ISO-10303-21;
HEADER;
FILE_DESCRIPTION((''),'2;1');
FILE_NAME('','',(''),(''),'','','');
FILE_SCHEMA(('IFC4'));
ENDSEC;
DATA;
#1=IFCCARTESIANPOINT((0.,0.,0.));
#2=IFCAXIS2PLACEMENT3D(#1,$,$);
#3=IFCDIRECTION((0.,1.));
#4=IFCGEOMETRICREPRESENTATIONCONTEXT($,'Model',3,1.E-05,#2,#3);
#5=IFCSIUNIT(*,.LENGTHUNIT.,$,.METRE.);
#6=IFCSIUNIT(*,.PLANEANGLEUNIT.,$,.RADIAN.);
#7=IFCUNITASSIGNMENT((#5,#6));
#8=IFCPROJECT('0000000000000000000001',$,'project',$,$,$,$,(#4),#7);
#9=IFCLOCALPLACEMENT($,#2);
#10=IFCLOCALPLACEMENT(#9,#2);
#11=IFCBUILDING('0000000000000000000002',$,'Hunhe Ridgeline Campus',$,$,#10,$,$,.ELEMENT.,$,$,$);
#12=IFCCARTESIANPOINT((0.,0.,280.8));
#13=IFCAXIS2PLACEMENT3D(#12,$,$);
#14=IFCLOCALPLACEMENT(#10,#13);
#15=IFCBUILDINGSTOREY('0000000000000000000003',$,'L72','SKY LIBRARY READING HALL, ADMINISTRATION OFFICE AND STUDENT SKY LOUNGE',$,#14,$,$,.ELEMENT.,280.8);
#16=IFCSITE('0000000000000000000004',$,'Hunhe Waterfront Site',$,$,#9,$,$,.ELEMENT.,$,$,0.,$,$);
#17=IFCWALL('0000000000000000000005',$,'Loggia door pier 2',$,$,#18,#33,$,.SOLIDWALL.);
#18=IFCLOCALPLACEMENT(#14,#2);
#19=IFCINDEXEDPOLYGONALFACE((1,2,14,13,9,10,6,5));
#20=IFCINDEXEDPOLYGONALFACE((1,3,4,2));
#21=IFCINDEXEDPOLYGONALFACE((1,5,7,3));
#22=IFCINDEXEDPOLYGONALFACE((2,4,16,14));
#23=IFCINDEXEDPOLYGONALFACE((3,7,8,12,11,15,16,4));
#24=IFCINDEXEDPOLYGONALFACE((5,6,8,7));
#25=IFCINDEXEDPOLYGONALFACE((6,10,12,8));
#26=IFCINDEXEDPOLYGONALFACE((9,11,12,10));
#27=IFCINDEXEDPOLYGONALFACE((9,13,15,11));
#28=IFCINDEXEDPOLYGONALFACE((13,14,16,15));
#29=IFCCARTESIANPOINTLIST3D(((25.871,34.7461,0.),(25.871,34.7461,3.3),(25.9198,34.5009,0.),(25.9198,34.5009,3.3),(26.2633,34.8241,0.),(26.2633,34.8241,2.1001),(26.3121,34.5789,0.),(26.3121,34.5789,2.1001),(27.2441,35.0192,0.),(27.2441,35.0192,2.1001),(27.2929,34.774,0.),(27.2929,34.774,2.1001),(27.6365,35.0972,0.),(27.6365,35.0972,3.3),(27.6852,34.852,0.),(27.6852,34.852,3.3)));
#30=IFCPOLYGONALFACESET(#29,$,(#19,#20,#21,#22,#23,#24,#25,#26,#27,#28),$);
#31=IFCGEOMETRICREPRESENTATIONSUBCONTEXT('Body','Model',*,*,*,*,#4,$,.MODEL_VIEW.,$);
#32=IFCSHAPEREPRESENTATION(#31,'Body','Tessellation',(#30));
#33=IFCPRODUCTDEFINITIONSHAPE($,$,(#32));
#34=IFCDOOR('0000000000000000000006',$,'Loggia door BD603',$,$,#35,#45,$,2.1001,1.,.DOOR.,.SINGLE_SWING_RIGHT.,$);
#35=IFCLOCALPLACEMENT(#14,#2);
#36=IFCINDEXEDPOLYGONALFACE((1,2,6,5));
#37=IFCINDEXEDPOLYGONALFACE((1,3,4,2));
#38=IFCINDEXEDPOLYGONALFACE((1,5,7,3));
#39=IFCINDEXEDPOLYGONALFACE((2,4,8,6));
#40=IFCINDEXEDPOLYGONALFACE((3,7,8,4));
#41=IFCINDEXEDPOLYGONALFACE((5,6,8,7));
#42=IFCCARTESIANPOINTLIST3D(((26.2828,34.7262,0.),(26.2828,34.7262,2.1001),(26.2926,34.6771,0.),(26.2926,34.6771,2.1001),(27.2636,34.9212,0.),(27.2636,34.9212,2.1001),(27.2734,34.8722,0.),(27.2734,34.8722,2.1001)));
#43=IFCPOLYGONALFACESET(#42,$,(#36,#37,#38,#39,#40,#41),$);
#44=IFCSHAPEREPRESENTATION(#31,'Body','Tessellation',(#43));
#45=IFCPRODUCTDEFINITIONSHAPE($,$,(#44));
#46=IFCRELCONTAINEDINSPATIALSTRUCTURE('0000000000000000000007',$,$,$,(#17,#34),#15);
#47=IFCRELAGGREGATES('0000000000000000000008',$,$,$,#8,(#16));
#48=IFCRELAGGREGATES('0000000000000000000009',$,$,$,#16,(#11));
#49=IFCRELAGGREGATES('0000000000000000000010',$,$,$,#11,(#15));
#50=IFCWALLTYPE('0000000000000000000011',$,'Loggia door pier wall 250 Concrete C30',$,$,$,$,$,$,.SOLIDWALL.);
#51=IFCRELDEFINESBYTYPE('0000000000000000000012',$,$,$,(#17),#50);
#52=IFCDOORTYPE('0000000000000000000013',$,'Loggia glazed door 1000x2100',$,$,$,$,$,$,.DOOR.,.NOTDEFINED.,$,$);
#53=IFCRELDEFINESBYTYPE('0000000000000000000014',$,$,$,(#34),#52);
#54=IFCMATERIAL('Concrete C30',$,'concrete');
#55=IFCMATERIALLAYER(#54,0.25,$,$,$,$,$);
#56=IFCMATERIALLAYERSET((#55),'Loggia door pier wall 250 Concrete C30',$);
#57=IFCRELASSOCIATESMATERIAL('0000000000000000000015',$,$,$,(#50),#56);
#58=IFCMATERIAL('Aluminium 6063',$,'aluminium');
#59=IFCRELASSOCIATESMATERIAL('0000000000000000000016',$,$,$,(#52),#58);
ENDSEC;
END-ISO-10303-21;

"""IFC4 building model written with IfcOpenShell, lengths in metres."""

from ifc_helpers import new_model, si_unit, direction, frame, frame_2d, origin, place, context, subcontext, project, spatial, rectangle, extrude, material, layer, layer_set, type_object, element, fill, save


model = new_model("IFC4")

# Units and contexts
model_context = context("Model", 3, precision=1e-05, world=origin(), true_north=direction((0.0, 1.0)))
body_context = subcontext(model_context, "Body", "Model", "MODEL_VIEW")
ifc_project = project(units=[si_unit("LENGTHUNIT", "METRE"), si_unit("PLANEANGLEUNIT", "RADIAN")], contexts=[model_context])

# Site, building, storey
site_placement = place(None, origin())
site = spatial("IfcSite", under=ifc_project, at=site_placement, Name="Hunhe Waterfront Site", CompositionType="ELEMENT", RefElevation=0.0)
building_placement = place(site_placement, origin())
building = spatial("IfcBuilding", under=site, at=building_placement, Name="Hunhe Ridgeline Campus", CompositionType="ELEMENT")
storey_placement = place(building_placement, frame((0.0, 0.0, 280.8)))
storey = spatial("IfcBuildingStorey", under=building, at=storey_placement, Name="L72", Description="SKY LIBRARY READING HALL, ADMINISTRATION OFFICE AND STUDENT SKY LOUNGE", CompositionType="ELEMENT", Elevation=280.8)

# Shared definitions
ifc_material_1 = material(Name="Aluminium 6063", Category="aluminium")

# Wall, opening, door
ifc_material_2 = material(Name="Concrete C30", Category="concrete")
ifc_layer_1 = layer(ifc_material_2, 0.25)
ifc_layer_set_1 = layer_set([ifc_layer_1], Name="Loggia door pier wall 250 Concrete C30")
wall_type_1 = type_object("IfcWallType", Name="Loggia door pier wall 250 Concrete C30", PredefinedType="SOLIDWALL", material=ifc_layer_set_1)
wall_1_placement = place(storey_placement, frame((25.8955, 34.6235, 0.0), z_axis=(0.0, 0.0, 1.0), x_axis=(0.980794, 0.195047, 0.0)))
wall_1 = element("IfcWall", 1, at=wall_1_placement, inside=storey, type_object=wall_type_1, Name="Loggia door pier 2", PredefinedType="SOLIDWALL", context=body_context, shape_type="SweptSolid", body=[
    extrude(rectangle(XDim=1.8, YDim=0.25, at=frame_2d((0.8999, 0.0))), origin(), (0.0, 0.0, 1.0), 3.3),
])
opening_placement = place(wall_1_placement, frame((0.3999, 0.0, 0.0)))
opening = element("IfcOpeningElement", 2, at=opening_placement, cuts=wall_1, PredefinedType="OPENING", context=body_context, shape_type="SweptSolid", body=[
    extrude(rectangle(XDim=1.0, YDim=2.1001, at=frame_2d((0.5, 1.05))), frame((0.0, 0.125, 0.0), z_axis=(0.0, -1.0, 0.0), x_axis=(1.0, 0.0, 0.0)), (0.0, 0.0, 1.0), 0.25),
])
door_type = type_object("IfcDoorType", Name="Loggia glazed door 1000x2100", OperationType="NOTDEFINED", PredefinedType="DOOR", material=ifc_material_1)
door_placement = place(opening_placement, frame((1.0, 0.0, 0.0), z_axis=(0.0, 0.0, 1.0), x_axis=(-1.0, 0.0, 0.0)))
door = element("IfcDoor", 3, at=door_placement, inside=storey, type_object=door_type, Name="Loggia door BD603", OperationType="SINGLE_SWING_RIGHT", OverallHeight=2.1001, OverallWidth=1.0, PredefinedType="DOOR", context=body_context, shape_type="SweptSolid", body=[
    extrude(rectangle(XDim=1.0, YDim=2.1001, at=frame_2d((0.5, 1.05))), frame((0.0, 0.0249, 0.0), z_axis=(0.0, -1.0, 0.0), x_axis=(1.0, 0.0, 0.0)), (0.0, 0.0, 1.0), 0.05),
])
fill(opening, door)

save(model, "model.ifc")
